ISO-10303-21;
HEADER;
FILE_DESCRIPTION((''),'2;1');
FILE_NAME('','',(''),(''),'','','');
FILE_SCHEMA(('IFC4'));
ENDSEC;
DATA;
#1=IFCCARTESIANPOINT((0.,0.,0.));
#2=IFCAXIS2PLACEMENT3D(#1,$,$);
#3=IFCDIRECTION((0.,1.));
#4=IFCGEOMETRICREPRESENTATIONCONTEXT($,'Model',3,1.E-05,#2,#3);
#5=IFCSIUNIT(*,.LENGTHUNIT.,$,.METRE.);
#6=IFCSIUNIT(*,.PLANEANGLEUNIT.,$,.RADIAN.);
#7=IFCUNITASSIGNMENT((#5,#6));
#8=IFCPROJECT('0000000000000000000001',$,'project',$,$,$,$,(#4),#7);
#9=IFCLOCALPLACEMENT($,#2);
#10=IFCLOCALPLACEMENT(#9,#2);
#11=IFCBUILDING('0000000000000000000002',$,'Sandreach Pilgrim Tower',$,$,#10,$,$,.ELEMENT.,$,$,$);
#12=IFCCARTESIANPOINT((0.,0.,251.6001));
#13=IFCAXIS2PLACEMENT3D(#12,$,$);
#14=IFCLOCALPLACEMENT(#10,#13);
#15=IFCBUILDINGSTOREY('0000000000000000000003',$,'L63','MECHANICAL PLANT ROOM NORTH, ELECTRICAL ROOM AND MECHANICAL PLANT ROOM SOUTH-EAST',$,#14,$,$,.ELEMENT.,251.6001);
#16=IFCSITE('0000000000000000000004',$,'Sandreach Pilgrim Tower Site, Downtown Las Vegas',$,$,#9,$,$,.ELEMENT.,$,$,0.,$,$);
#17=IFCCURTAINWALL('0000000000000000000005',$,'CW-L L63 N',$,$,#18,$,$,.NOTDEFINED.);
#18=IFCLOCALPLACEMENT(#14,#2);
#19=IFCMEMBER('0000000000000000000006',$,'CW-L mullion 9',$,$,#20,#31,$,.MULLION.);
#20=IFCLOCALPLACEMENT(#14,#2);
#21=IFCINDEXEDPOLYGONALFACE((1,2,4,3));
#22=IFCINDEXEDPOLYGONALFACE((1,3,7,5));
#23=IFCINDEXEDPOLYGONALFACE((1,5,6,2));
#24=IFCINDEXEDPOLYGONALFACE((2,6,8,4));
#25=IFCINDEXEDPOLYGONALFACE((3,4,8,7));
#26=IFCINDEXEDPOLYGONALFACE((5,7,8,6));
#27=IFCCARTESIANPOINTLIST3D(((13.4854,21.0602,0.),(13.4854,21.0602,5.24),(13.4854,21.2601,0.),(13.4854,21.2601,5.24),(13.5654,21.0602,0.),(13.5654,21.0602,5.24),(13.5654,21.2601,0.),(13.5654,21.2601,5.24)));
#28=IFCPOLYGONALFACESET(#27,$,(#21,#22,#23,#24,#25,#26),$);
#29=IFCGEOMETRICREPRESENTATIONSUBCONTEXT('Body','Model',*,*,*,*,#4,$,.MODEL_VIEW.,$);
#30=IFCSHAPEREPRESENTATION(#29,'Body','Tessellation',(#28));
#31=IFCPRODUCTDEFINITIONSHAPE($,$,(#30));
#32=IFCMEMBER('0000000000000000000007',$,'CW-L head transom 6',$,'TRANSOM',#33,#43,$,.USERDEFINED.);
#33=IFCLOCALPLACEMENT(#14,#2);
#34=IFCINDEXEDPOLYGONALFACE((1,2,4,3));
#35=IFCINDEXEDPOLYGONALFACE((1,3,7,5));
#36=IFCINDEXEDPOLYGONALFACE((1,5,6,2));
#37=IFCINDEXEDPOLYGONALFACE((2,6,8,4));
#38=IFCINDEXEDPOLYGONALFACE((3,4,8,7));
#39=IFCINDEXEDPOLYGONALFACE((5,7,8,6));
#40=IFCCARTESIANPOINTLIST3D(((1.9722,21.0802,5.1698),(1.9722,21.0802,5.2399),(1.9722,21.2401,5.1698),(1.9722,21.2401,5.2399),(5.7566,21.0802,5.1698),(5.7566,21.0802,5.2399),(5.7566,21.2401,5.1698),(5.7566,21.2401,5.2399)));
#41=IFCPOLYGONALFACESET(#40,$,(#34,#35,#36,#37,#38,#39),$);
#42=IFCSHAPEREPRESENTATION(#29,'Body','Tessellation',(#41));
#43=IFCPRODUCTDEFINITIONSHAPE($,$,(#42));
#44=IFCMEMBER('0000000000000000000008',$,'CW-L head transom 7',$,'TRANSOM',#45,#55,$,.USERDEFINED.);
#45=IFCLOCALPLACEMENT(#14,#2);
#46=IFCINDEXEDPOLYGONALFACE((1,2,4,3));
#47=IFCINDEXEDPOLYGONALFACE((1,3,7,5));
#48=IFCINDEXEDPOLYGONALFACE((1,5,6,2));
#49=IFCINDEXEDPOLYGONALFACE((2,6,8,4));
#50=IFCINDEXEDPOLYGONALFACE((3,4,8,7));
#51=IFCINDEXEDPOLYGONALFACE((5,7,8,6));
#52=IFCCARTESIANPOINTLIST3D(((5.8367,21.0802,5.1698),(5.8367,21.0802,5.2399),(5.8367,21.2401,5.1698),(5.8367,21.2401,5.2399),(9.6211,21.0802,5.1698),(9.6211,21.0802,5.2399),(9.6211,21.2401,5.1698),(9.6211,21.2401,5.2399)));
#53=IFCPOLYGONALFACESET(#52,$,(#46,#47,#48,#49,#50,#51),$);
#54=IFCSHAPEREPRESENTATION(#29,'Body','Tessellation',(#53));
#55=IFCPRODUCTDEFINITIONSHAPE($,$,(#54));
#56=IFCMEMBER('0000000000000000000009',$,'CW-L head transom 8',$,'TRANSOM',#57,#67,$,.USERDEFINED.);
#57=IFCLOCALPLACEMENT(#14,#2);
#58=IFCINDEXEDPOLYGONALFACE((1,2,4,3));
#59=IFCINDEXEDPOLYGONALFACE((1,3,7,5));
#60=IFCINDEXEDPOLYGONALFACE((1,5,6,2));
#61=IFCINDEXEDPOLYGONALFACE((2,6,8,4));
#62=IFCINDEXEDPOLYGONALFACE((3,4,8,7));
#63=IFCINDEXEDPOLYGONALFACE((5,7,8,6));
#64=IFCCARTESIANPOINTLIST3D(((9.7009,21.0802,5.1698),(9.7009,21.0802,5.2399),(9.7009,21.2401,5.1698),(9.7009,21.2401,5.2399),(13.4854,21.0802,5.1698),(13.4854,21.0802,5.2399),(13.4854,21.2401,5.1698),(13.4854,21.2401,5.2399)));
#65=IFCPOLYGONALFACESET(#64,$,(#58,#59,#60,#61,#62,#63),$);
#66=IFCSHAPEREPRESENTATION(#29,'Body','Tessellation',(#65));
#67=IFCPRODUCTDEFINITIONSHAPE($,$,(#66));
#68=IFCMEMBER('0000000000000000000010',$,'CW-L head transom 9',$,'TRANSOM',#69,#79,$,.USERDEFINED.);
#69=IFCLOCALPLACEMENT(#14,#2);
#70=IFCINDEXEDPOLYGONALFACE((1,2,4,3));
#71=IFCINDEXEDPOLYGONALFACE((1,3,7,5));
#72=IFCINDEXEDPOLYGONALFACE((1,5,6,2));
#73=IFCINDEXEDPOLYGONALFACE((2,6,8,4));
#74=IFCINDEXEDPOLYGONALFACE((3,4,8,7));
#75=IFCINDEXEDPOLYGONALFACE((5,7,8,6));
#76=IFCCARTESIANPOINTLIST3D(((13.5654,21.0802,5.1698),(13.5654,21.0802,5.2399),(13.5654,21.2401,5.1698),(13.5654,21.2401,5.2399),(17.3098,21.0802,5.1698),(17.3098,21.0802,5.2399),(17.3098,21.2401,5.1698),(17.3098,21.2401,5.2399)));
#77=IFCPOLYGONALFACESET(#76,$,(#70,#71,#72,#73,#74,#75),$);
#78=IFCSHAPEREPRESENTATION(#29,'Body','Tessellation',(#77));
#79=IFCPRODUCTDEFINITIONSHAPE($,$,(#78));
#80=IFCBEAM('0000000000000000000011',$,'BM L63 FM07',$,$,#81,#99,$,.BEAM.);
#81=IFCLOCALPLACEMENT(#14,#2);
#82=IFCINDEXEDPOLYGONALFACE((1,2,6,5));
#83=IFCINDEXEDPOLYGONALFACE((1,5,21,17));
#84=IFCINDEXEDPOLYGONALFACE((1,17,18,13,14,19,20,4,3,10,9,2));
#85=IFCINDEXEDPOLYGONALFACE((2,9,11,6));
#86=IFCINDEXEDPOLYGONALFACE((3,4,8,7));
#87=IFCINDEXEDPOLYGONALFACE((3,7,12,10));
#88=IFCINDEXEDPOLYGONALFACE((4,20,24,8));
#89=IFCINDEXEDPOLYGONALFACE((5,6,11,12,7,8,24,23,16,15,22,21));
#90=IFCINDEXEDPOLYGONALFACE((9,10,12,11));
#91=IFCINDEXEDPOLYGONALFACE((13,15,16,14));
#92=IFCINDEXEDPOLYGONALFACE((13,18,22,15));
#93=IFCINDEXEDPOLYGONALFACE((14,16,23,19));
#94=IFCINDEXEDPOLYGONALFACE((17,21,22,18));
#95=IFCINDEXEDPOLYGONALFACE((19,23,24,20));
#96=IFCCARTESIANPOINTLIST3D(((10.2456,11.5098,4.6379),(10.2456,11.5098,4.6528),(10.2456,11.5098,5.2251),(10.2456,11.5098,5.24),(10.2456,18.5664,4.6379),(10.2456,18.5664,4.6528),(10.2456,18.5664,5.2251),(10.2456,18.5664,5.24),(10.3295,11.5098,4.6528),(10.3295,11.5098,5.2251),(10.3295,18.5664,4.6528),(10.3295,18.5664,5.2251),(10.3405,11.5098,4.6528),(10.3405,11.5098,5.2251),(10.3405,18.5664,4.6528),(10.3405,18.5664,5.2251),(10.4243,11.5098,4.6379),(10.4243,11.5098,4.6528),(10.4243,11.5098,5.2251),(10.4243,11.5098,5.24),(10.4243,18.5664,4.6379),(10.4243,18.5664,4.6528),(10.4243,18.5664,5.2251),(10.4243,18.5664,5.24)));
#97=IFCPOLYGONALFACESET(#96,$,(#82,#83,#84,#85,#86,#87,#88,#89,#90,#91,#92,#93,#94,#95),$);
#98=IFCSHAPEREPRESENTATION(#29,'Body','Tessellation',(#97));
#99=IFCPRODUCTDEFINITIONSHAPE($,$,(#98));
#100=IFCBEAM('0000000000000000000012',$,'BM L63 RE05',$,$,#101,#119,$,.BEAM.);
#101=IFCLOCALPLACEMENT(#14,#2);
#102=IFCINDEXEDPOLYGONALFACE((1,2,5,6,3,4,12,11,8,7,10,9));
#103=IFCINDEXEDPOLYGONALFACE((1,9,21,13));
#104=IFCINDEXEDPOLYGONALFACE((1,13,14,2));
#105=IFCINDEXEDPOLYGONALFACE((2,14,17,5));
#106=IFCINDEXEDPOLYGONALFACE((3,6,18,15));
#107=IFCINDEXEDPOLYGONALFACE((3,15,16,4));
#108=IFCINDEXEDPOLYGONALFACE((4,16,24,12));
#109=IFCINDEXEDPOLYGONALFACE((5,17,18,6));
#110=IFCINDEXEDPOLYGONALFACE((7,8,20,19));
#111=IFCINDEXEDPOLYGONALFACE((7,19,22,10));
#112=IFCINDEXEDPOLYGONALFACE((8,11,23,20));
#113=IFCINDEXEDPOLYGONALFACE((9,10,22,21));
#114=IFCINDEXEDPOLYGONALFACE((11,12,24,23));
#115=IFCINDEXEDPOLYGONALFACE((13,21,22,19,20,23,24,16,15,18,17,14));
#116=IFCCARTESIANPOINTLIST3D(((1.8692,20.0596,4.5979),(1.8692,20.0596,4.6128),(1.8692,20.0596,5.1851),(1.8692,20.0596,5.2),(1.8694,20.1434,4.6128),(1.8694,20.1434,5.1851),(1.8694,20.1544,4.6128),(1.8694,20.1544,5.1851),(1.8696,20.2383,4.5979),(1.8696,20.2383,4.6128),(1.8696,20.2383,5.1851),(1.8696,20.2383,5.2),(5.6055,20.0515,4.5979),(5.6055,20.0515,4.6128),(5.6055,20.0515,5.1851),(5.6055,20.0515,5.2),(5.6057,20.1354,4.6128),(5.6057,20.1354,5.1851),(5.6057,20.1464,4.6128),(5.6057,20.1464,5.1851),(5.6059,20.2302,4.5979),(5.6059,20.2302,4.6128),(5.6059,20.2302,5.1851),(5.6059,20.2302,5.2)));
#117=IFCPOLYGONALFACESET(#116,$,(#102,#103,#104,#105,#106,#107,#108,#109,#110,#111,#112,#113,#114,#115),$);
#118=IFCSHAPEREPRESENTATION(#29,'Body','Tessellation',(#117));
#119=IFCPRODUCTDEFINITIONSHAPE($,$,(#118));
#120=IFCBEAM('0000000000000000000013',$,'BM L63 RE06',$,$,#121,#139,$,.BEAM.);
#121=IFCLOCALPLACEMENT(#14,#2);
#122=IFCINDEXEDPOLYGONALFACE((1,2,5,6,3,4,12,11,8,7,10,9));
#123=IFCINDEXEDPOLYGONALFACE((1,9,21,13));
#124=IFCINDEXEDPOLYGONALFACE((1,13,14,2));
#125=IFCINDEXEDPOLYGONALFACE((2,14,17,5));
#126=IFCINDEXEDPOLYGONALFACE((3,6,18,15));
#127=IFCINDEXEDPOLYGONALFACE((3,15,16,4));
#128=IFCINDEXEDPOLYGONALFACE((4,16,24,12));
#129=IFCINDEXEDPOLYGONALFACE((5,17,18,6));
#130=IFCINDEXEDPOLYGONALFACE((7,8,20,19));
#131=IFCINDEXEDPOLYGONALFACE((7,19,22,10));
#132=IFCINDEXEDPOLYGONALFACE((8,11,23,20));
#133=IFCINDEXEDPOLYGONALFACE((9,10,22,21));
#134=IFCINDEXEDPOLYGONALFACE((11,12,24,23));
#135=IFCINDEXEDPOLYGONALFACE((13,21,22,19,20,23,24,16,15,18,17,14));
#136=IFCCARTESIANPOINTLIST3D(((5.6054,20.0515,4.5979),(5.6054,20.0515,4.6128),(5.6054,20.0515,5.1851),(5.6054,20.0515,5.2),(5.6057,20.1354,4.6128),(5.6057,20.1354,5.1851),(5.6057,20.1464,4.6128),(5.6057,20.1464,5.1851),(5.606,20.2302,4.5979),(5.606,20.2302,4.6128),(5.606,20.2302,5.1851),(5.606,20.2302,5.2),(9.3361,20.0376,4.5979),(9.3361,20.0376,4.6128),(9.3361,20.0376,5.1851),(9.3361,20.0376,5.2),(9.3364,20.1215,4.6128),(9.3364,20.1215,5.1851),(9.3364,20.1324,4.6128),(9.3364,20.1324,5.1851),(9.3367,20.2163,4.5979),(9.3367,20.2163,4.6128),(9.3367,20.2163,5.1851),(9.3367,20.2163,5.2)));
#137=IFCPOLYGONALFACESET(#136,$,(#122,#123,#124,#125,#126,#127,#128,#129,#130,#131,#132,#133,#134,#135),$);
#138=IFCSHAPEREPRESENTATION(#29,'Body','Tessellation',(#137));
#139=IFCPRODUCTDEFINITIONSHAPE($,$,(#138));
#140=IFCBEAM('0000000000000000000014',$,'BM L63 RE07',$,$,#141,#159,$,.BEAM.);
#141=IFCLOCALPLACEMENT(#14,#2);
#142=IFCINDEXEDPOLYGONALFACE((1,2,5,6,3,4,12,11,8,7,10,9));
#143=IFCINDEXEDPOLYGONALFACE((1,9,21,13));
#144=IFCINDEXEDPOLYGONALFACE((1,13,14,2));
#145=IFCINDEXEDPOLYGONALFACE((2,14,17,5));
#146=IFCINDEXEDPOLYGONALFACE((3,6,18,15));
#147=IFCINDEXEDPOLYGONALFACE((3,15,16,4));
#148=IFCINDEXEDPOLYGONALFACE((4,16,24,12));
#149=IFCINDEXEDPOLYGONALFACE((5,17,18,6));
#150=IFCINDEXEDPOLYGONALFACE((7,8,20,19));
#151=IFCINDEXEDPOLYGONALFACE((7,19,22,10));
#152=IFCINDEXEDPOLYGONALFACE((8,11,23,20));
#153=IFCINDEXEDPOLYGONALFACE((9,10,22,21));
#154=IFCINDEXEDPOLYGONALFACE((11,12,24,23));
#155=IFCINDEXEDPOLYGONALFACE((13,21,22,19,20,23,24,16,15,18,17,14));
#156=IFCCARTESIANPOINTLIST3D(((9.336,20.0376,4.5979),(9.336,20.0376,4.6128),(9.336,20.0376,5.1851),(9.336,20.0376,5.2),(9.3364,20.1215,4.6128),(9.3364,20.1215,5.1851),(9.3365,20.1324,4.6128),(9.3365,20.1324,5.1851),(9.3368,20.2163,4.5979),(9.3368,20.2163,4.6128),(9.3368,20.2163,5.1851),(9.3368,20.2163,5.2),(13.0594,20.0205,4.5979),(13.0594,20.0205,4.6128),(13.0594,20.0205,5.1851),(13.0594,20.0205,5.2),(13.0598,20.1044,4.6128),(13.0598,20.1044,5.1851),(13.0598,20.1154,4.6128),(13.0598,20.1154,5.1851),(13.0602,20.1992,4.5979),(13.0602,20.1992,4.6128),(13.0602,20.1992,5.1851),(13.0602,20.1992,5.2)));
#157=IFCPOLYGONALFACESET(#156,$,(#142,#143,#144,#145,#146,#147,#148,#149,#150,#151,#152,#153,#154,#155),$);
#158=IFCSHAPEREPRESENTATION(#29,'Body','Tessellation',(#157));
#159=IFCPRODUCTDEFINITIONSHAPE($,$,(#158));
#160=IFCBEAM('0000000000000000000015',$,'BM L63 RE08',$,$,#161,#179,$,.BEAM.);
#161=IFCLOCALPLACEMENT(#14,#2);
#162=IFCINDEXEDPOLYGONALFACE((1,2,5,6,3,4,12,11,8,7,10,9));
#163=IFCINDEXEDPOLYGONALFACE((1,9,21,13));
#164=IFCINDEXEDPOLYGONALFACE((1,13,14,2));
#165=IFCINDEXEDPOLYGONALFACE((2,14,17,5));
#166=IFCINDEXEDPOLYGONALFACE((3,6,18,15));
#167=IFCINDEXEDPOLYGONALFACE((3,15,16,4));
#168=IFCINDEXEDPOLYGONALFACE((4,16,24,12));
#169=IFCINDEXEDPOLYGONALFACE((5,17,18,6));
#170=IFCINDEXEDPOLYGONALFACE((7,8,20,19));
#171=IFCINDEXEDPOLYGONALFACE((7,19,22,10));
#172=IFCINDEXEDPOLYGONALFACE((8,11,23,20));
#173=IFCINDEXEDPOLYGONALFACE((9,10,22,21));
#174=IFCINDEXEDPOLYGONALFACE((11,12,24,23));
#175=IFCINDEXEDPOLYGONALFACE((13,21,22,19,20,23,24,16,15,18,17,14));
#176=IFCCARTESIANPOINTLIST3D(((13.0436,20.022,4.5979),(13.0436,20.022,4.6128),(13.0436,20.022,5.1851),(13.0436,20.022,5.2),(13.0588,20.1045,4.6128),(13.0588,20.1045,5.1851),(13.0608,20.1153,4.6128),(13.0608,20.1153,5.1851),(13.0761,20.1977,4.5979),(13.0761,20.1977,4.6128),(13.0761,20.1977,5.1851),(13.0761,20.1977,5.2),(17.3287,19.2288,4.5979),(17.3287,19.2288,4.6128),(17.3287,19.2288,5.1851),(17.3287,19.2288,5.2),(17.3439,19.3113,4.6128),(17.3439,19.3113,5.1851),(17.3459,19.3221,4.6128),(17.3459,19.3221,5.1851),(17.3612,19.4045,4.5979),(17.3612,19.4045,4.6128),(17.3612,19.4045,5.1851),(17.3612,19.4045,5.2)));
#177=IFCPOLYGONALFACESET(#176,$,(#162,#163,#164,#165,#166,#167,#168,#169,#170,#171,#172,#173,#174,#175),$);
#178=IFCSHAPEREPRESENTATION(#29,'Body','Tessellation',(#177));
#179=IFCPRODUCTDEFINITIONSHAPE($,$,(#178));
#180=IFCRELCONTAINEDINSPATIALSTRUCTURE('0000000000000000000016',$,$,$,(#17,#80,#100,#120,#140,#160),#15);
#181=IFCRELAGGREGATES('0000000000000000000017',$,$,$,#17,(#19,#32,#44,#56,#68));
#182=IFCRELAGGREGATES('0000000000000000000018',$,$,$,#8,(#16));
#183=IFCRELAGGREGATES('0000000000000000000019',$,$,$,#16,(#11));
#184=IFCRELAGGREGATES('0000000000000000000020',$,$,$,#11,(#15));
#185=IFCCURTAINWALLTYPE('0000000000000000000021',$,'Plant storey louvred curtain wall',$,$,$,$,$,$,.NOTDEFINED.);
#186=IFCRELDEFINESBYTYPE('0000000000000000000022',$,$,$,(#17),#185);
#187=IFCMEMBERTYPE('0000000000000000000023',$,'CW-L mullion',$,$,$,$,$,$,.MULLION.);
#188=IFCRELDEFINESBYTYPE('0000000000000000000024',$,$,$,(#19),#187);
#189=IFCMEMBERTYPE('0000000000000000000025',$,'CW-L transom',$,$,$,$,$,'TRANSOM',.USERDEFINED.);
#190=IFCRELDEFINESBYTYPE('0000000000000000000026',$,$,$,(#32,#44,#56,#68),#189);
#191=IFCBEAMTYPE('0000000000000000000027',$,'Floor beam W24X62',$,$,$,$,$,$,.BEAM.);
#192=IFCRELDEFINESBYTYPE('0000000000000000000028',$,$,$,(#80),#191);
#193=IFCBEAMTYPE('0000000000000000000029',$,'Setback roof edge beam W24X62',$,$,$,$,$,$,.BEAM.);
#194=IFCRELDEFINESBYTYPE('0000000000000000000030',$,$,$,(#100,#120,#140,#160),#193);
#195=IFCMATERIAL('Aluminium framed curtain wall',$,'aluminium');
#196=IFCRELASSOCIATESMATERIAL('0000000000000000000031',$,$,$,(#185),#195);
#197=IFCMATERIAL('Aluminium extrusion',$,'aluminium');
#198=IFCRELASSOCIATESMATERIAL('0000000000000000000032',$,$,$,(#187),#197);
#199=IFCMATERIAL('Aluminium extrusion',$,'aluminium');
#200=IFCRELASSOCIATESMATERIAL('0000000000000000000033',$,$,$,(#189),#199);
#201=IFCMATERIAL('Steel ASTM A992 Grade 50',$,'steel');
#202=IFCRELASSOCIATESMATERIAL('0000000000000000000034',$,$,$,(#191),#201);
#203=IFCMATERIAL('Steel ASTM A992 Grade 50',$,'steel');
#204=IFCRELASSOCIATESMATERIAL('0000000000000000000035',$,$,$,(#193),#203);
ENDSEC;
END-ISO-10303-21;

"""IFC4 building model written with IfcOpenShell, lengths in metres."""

from ifc_helpers import new_model, si_unit, direction, frame, origin, origin_2d, place, context, subcontext, project, spatial, rectangle, i_section, extrude, material, material_profile, profile_set, type_object, element, aggregate, save


model = new_model("IFC4")

# Units and contexts
model_context = context("Model", 3, precision=1e-05, world=origin(), true_north=direction((0.0, 1.0)))
body_context = subcontext(model_context, "Body", "Model", "MODEL_VIEW")
ifc_project = project(units=[si_unit("LENGTHUNIT", "METRE"), si_unit("PLANEANGLEUNIT", "RADIAN")], contexts=[model_context])

# Site, building, storey
site_placement = place(None, origin())
site = spatial("IfcSite", under=ifc_project, at=site_placement, Name="Sandreach Pilgrim Tower Site, Downtown Las Vegas", CompositionType="ELEMENT", RefElevation=0.0)
building_placement = place(site_placement, origin())
building = spatial("IfcBuilding", under=site, at=building_placement, Name="Sandreach Pilgrim Tower", CompositionType="ELEMENT")
storey_placement = place(building_placement, frame((0.0, 0.0, 251.6001)))
storey = spatial("IfcBuildingStorey", under=building, at=storey_placement, Name="L63", Description="MECHANICAL PLANT ROOM NORTH, ELECTRICAL ROOM AND MECHANICAL PLANT ROOM SOUTH-EAST", CompositionType="ELEMENT", Elevation=251.6001)

# Curtain wall, members
ifc_material_1 = material(Name="Aluminium framed curtain wall", Category="aluminium")
curtain_wall_type = type_object("IfcCurtainWallType", Name="Plant storey louvred curtain wall", PredefinedType="NOTDEFINED", material=ifc_material_1)
curtain_wall_placement = place(storey_placement, origin())
curtain_wall = element("IfcCurtainWall", 1, at=curtain_wall_placement, inside=storey, type_object=curtain_wall_type, Name="CW-L L63 N", PredefinedType="NOTDEFINED")
ifc_material_2 = material(Name="Aluminium extrusion", Category="aluminium")
ifc_material_profile_1 = material_profile(ifc_material_2, rectangle(XDim=0.0801, YDim=0.2, at=origin_2d()), Name="CW-LM 80X200")
ifc_profile_set_1 = profile_set([ifc_material_profile_1], Name="Aluminium extrusion")
member_type_1 = type_object("IfcMemberType", Name="CW-L mullion", PredefinedType="MULLION", material=ifc_profile_set_1)
member_1_placement = place(storey_placement, frame((13.5254, 21.1602, 0.0), z_axis=(0.0, 0.0, 1.0), x_axis=(1.0, 0.0, 0.0)))
member_1 = element("IfcMember", 2, at=member_1_placement, type_object=member_type_1, Name="CW-L mullion 9", PredefinedType="MULLION", context=body_context, shape_type="SweptSolid", body=[
    extrude(rectangle(XDim=0.0801, YDim=0.2, at=origin_2d()), origin(), (0.0, 0.0, 1.0), 5.24),
])
ifc_material_3 = material(Name="Aluminium extrusion", Category="aluminium")
ifc_material_profile_2 = material_profile(ifc_material_3, rectangle(XDim=0.1599, YDim=0.0701, at=origin_2d()), Name="CW-LT 160X70")
ifc_profile_set_2 = profile_set([ifc_material_profile_2], Name="Aluminium extrusion")
member_type_2 = type_object("IfcMemberType", Name="CW-L transom", ElementType="TRANSOM", PredefinedType="USERDEFINED", material=ifc_profile_set_2)
member_2_placement = place(storey_placement, frame((1.9722, 21.1602, 5.2048), z_axis=(1.0, 0.0, 0.0), x_axis=(0.0, 1.0, 0.0)))
member_2 = element("IfcMember", 3, at=member_2_placement, type_object=member_type_2, Name="CW-L head transom 6", ObjectType="TRANSOM", PredefinedType="USERDEFINED", context=body_context, shape_type="SweptSolid", body=[
    extrude(rectangle(XDim=0.1599, YDim=0.0701, at=origin_2d()), origin(), (0.0, 0.0, 1.0), 3.7844),
])
member_3_placement = place(storey_placement, frame((5.8367, 21.1602, 5.2048), z_axis=(1.0, 0.0, 0.0), x_axis=(0.0, 1.0, 0.0)))
member_3 = element("IfcMember", 4, at=member_3_placement, type_object=member_type_2, Name="CW-L head transom 7", ObjectType="TRANSOM", PredefinedType="USERDEFINED", context=body_context, shape_type="SweptSolid", body=[
    extrude(rectangle(XDim=0.1599, YDim=0.0701, at=origin_2d()), origin(), (0.0, 0.0, 1.0), 3.7844),
])
member_4_placement = place(storey_placement, frame((9.7009, 21.1602, 5.2048), z_axis=(1.0, 0.0, 0.0), x_axis=(0.0, 1.0, 0.0)))
member_4 = element("IfcMember", 5, at=member_4_placement, type_object=member_type_2, Name="CW-L head transom 8", ObjectType="TRANSOM", PredefinedType="USERDEFINED", context=body_context, shape_type="SweptSolid", body=[
    extrude(rectangle(XDim=0.1599, YDim=0.0701, at=origin_2d()), origin(), (0.0, 0.0, 1.0), 3.7844),
])
member_5_placement = place(storey_placement, frame((13.5654, 21.1602, 5.2048), z_axis=(1.0, 0.0, 0.0), x_axis=(0.0, 1.0, 0.0)))
member_5 = element("IfcMember", 6, at=member_5_placement, type_object=member_type_2, Name="CW-L head transom 9", ObjectType="TRANSOM", PredefinedType="USERDEFINED", context=body_context, shape_type="SweptSolid", body=[
    extrude(rectangle(XDim=0.1599, YDim=0.0701, at=origin_2d()), origin(), (0.0, 0.0, 1.0), 3.7444),
])

# Beams
ifc_material_4 = material(Name="Steel ASTM A992 Grade 50", Category="steel")
ifc_material_profile_3 = material_profile(ifc_material_4, i_section(OverallWidth=0.1787, OverallDepth=0.6021, WebThickness=0.011, FlangeThickness=0.0149, at=origin_2d()), Name="W24X62")
ifc_profile_set_3 = profile_set([ifc_material_profile_3], Name="Steel ASTM A992 Grade 50")
beam_type_1 = type_object("IfcBeamType", Name="Floor beam W24X62", PredefinedType="BEAM", material=ifc_profile_set_3)
beam_1_placement = place(storey_placement, frame((10.335, 18.5664, 4.939), z_axis=(0.0, -1.0, 0.0), x_axis=(1.0, 0.0, 0.0)))
element("IfcBeam", 7, at=beam_1_placement, inside=storey, type_object=beam_type_1, Name="BM L63 FM07", PredefinedType="BEAM", context=body_context, shape_type="SweptSolid", body=[
    extrude(i_section(OverallWidth=0.1787, OverallDepth=0.6021, WebThickness=0.011, FlangeThickness=0.0149, at=origin_2d()), origin(), (0.0, 0.0, 1.0), 7.0566),
])
ifc_material_5 = material(Name="Steel ASTM A992 Grade 50", Category="steel")
ifc_material_profile_4 = material_profile(ifc_material_5, i_section(OverallWidth=0.1787, OverallDepth=0.6021, WebThickness=0.011, FlangeThickness=0.0149, at=origin_2d()), Name="W24X62")
ifc_profile_set_4 = profile_set([ifc_material_profile_4], Name="Steel ASTM A992 Grade 50")
beam_type_2 = type_object("IfcBeamType", Name="Setback roof edge beam W24X62", PredefinedType="BEAM", material=ifc_profile_set_4)
beam_2_placement = place(storey_placement, frame((1.8694, 20.1489, 4.8989), z_axis=(0.999998, -0.002156, 0.0), x_axis=(0.002156, 0.999998, 0.0)))
element("IfcBeam", 8, at=beam_2_placement, inside=storey, type_object=beam_type_2, Name="BM L63 RE05", PredefinedType="BEAM", context=body_context, shape_type="SweptSolid", body=[
    extrude(i_section(OverallWidth=0.1787, OverallDepth=0.6021, WebThickness=0.011, FlangeThickness=0.0149, at=origin_2d()), origin(), (0.0, 0.0, 1.0), 3.7363),
])
beam_3_placement = place(storey_placement, frame((5.6057, 20.1409, 4.8989), z_axis=(0.999993, -0.00373, 0.0), x_axis=(0.00373, 0.999993, 0.0)))
element("IfcBeam", 9, at=beam_3_placement, inside=storey, type_object=beam_type_2, Name="BM L63 RE06", PredefinedType="BEAM", context=body_context, shape_type="SweptSolid", body=[
    extrude(i_section(OverallWidth=0.1787, OverallDepth=0.6021, WebThickness=0.011, FlangeThickness=0.0149, at=origin_2d()), origin(), (0.0, 0.0, 1.0), 3.7307),
])
beam_4_placement = place(storey_placement, frame((9.3364, 20.127, 4.8989), z_axis=(0.999989, -0.00459, 0.0), x_axis=(0.00459, 0.999989, 0.0)))
element("IfcBeam", 10, at=beam_4_placement, inside=storey, type_object=beam_type_2, Name="BM L63 RE07", PredefinedType="BEAM", context=body_context, shape_type="SweptSolid", body=[
    extrude(i_section(OverallWidth=0.1787, OverallDepth=0.6021, WebThickness=0.011, FlangeThickness=0.0149, at=origin_2d()), origin(), (0.0, 0.0, 1.0), 3.7234),
])
beam_5_placement = place(storey_placement, frame((13.0598, 20.1099, 4.8989), z_axis=(0.983296, -0.182015, 0.0), x_axis=(0.182015, 0.983296, 0.0)))
element("IfcBeam", 11, at=beam_5_placement, inside=storey, type_object=beam_type_2, Name="BM L63 RE08", PredefinedType="BEAM", context=body_context, shape_type="SweptSolid", body=[
    extrude(i_section(OverallWidth=0.1787, OverallDepth=0.6021, WebThickness=0.011, FlangeThickness=0.0149, at=origin_2d()), origin(), (0.0, 0.0, 1.0), 4.3579),
])

aggregate(curtain_wall, [member_1, member_2, member_3, member_4, member_5])

save(model, "model.ifc")
